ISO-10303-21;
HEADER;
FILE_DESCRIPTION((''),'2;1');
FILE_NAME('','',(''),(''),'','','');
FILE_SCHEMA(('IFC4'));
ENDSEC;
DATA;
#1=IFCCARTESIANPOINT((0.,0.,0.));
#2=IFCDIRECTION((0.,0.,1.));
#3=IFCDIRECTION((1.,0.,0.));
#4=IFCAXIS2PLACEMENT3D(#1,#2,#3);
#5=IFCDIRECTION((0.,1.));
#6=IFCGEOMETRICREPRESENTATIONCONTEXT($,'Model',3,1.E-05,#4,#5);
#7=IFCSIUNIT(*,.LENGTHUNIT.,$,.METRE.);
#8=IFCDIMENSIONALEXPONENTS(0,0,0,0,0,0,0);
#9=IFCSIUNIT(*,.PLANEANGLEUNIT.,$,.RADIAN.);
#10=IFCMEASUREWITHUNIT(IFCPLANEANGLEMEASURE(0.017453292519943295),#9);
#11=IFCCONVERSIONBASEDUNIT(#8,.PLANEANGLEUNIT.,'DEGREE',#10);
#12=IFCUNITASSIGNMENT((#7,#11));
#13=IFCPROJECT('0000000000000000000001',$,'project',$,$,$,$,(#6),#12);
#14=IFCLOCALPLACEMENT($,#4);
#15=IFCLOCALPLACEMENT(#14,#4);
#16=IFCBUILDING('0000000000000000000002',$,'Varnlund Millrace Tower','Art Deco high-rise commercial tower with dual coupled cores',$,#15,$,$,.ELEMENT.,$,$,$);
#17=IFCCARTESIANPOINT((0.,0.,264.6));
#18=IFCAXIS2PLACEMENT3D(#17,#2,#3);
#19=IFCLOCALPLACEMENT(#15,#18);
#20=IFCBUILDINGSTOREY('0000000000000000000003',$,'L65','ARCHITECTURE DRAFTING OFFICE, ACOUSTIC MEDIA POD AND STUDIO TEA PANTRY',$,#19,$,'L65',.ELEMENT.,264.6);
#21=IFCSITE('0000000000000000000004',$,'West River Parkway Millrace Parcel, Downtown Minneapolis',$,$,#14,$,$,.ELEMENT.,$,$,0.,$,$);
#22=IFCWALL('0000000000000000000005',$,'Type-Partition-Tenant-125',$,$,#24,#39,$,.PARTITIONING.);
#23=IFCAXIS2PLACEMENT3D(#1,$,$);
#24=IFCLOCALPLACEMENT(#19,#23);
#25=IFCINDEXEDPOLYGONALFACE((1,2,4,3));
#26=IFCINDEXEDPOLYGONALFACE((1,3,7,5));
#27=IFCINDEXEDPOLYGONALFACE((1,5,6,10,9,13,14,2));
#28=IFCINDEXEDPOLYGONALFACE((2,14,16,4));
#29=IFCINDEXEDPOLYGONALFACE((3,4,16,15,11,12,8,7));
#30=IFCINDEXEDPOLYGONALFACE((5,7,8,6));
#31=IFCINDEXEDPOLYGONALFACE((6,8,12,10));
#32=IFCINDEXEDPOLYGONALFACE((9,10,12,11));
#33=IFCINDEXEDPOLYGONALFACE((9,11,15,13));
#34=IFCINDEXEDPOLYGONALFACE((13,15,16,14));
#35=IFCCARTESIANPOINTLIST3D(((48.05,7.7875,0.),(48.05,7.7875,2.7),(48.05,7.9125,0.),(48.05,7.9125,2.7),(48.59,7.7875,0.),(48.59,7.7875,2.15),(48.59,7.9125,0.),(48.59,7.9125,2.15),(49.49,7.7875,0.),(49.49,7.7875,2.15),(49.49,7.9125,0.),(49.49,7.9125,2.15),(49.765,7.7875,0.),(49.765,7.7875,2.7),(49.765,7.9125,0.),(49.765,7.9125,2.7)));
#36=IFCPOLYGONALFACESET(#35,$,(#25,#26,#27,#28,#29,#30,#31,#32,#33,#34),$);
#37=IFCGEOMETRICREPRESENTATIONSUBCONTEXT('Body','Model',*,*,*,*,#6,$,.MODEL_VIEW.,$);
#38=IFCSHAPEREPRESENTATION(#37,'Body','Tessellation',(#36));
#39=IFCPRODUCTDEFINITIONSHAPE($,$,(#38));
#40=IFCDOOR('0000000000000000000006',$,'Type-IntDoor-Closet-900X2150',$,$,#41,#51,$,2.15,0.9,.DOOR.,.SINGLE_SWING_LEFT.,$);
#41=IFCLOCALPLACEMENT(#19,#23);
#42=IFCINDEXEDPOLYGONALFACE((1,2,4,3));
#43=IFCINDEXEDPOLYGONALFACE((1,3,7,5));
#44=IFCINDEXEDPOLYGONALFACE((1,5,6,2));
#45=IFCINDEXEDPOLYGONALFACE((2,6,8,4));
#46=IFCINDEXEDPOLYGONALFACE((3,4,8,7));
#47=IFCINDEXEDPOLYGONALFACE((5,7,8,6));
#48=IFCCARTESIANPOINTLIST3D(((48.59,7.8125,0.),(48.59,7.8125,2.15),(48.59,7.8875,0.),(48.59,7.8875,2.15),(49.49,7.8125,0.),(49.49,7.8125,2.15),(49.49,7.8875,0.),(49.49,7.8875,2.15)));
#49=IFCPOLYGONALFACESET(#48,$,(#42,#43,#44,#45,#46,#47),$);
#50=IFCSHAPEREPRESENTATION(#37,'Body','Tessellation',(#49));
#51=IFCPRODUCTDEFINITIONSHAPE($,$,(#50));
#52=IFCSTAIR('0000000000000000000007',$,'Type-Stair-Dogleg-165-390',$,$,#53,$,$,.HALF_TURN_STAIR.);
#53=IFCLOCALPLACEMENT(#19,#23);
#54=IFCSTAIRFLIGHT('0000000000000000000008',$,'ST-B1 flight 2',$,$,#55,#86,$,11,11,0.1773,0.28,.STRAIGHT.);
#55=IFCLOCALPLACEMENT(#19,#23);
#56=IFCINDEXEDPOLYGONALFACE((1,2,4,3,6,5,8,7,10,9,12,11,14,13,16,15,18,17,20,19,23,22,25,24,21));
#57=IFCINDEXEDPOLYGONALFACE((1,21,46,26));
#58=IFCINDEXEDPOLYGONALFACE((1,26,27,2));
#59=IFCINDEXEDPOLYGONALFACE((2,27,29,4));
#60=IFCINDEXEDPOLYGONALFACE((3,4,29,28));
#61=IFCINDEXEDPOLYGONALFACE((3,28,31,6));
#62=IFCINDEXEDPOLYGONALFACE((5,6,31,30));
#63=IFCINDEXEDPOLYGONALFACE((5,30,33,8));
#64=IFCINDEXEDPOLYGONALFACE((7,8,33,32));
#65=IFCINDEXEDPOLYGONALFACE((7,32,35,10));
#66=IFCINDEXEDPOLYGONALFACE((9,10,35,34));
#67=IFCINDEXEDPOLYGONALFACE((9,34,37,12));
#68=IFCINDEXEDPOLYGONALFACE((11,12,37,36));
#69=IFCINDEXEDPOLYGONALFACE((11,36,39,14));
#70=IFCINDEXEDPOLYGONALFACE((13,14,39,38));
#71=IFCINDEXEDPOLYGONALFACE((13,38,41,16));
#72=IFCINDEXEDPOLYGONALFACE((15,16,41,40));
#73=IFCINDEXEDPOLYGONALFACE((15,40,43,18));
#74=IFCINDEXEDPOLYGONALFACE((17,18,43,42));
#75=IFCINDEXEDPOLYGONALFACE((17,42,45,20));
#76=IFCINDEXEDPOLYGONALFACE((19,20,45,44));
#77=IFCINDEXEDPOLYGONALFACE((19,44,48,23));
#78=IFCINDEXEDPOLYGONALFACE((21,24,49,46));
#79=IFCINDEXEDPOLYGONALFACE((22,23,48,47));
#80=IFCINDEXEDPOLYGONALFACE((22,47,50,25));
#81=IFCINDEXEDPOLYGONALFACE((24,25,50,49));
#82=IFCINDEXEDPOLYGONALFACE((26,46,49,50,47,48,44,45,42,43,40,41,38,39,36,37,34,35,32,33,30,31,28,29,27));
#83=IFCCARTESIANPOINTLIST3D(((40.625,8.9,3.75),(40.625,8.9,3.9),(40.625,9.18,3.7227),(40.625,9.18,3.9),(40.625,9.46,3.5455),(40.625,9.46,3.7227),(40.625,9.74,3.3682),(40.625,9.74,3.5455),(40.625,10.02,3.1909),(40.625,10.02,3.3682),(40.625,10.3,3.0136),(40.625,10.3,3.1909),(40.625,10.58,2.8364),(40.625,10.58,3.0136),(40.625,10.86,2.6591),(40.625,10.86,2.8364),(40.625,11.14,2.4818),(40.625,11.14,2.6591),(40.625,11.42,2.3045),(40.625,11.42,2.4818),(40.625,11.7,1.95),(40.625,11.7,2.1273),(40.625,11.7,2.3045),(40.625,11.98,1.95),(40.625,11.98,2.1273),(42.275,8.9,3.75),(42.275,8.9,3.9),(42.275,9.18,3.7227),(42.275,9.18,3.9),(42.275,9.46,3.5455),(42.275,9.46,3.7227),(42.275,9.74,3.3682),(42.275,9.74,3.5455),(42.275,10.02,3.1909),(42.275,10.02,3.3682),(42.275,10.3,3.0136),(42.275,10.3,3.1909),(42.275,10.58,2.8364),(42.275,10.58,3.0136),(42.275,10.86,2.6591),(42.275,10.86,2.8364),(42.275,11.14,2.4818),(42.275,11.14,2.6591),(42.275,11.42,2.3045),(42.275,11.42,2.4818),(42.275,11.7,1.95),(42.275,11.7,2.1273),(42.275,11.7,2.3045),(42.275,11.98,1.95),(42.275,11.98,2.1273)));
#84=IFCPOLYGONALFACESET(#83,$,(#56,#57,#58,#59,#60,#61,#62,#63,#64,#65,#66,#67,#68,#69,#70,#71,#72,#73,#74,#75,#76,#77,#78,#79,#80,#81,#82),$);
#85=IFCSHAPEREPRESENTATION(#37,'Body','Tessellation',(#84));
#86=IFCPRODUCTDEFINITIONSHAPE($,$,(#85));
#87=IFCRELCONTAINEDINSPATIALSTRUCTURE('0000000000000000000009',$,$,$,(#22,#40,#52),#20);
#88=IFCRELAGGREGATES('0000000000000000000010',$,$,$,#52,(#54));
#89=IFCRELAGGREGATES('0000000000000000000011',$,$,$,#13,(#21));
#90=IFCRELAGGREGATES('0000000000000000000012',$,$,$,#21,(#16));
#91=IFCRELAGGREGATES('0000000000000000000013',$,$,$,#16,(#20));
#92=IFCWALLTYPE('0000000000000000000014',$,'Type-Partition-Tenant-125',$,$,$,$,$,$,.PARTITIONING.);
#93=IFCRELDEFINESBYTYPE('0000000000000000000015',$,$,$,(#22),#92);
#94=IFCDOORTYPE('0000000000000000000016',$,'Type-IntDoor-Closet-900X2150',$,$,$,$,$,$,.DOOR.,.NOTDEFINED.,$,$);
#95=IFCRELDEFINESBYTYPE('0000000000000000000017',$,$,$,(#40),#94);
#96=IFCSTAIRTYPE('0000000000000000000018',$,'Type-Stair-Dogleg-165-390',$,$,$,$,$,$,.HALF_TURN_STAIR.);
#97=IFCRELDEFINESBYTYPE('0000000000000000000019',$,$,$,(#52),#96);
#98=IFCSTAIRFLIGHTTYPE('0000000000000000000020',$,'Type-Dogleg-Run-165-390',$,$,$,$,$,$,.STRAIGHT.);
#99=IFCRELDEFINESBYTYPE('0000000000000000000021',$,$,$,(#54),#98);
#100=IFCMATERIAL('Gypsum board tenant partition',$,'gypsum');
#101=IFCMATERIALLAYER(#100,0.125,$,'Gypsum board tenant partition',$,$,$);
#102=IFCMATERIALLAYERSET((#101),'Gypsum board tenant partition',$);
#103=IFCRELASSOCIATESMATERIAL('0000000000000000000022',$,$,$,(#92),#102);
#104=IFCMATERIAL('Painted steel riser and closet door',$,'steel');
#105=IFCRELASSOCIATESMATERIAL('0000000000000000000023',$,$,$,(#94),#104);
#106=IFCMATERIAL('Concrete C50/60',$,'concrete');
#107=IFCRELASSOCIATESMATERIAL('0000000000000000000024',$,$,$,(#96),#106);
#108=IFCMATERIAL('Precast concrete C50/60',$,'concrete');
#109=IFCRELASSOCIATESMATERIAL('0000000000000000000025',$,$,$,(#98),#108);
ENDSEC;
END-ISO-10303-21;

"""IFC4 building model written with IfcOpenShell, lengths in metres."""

from ifc_helpers import new_model, entity, si_unit, converted_unit, direction, frame, origin_with_axes, origin_2d_with_axis, place, context, subcontext, project, spatial, polyline, rectangle, outline, extrude, material, layer, layer_set, type_object, element, fill, aggregate, save


model = new_model("IFC4")

# Units and contexts
model_context = context("Model", 3, precision=1e-05, world=origin_with_axes(), true_north=direction((0.0, 1.0)))
body_context = subcontext(model_context, "Body", "Model", "MODEL_VIEW")
ifc_project = project(units=[si_unit("LENGTHUNIT", "METRE"), converted_unit("PLANEANGLEUNIT", "DEGREE", entity("IfcPlaneAngleMeasure", 0.017453292519943295), si_unit("PLANEANGLEUNIT", "RADIAN"), dimensions=[0, 0, 0, 0, 0, 0, 0])], contexts=[model_context])

# Site, building, storey
site_placement = place(None, origin_with_axes())
site = spatial("IfcSite", under=ifc_project, at=site_placement, Name="West River Parkway Millrace Parcel, Downtown Minneapolis", CompositionType="ELEMENT", RefElevation=0.0)
building_placement = place(site_placement, origin_with_axes())
building = spatial("IfcBuilding", under=site, at=building_placement, Name="Varnlund Millrace Tower", Description="Art Deco high-rise commercial tower with dual coupled cores", CompositionType="ELEMENT")
storey_placement = place(building_placement, frame((0.0, 0.0, 264.6), z_axis=(0.0, 0.0, 1.0), x_axis=(1.0, 0.0, 0.0)))
storey = spatial("IfcBuildingStorey", under=building, at=storey_placement, Name="L65", Description="ARCHITECTURE DRAFTING OFFICE, ACOUSTIC MEDIA POD AND STUDIO TEA PANTRY", LongName="L65", CompositionType="ELEMENT", Elevation=264.6)

# Shared definitions
ifc_material_1 = material(Name="Precast concrete C50/60", Category="concrete")

# Wall, opening, door
ifc_material_2 = material(Name="Gypsum board tenant partition", Category="gypsum")
ifc_layer_1 = layer(ifc_material_2, 0.125, Name="Gypsum board tenant partition")
ifc_layer_set_1 = layer_set([ifc_layer_1], Name="Gypsum board tenant partition")
wall_type_1 = type_object("IfcWallType", Name="Type-Partition-Tenant-125", PredefinedType="PARTITIONING", material=ifc_layer_set_1)
wall_1_placement = place(storey_placement, frame((49.765, 7.85, 0.0), z_axis=(0.0, 0.0, 1.0), x_axis=(-1.0, 0.0, 0.0)))
wall_1 = element("IfcWall", 1, at=wall_1_placement, inside=storey, type_object=wall_type_1, Name="Type-Partition-Tenant-125", PredefinedType="PARTITIONING", context=body_context, shape_type="SweptSolid", body=[
    extrude(outline(polyline([(0.0, -0.0625), (1.715, -0.0625), (1.715, 0.0625), (0.0, 0.0625), (0.0, -0.0625)])), origin_with_axes(), (0.0, 0.0, 1.0), 2.7),
])
opening_1_placement = place(wall_1_placement, frame((0.725, 0.0, 0.0), z_axis=(0.0, 0.0, 1.0), x_axis=(1.0, 0.0, 0.0)))
opening_1 = element("IfcOpeningElement", 2, at=opening_1_placement, cuts=wall_1, PredefinedType="OPENING", context=body_context, shape_type="SweptSolid", body=[
    extrude(rectangle(XDim=0.9, YDim=0.145, at=origin_2d_with_axis()), origin_with_axes(), (0.0, 0.0, 1.0), 2.15),
])
ifc_material_3 = material(Name="Painted steel riser and closet door", Category="steel")
door_type = type_object("IfcDoorType", Name="Type-IntDoor-Closet-900X2150", OperationType="NOTDEFINED", PredefinedType="DOOR", material=ifc_material_3)
door_placement = place(wall_1_placement, frame((0.725, 0.0, 0.0), z_axis=(0.0, 0.0, 1.0), x_axis=(1.0, 0.0, 0.0)))
door = element("IfcDoor", 3, at=door_placement, inside=storey, type_object=door_type, Name="Type-IntDoor-Closet-900X2150", OperationType="SINGLE_SWING_LEFT", OverallHeight=2.15, OverallWidth=0.9, PredefinedType="DOOR", context=body_context, shape_type="SweptSolid", body=[
    extrude(rectangle(XDim=0.9, YDim=0.075, at=origin_2d_with_axis()), origin_with_axes(), (0.0, 0.0, 1.0), 2.15),
])
fill(opening_1, door)

# Stair, stair flight
ifc_material_4 = material(Name="Concrete C50/60", Category="concrete")
stair_type = type_object("IfcStairType", Name="Type-Stair-Dogleg-165-390", PredefinedType="HALF_TURN_STAIR", material=ifc_material_4)
stair_placement = place(storey_placement, origin_with_axes())
stair = element("IfcStair", 4, at=stair_placement, inside=storey, type_object=stair_type, Name="Type-Stair-Dogleg-165-390", PredefinedType="HALF_TURN_STAIR")
stair_flight_type = type_object("IfcStairFlightType", Name="Type-Dogleg-Run-165-390", PredefinedType="STRAIGHT", material=ifc_material_1)
stair_flight_placement = place(storey_placement, frame((42.275, 11.98, 1.95), z_axis=(-1.0, 0.0, 0.0), x_axis=(0.0, -1.0, 0.0)))
stair_flight = element("IfcStairFlight", 5, at=stair_flight_placement, type_object=stair_flight_type, Name="ST-B1 flight 2", NumberOfRisers=11, NumberOfTreads=11, PredefinedType="STRAIGHT", RiserHeight=0.1773, TreadLength=0.28, context=body_context, shape_type="SweptSolid", body=[
    extrude(outline(polyline([(0.0, 0.0), (0.0, 0.1773), (0.28, 0.1773), (0.28, 0.3545), (0.56, 0.3545), (0.56, 0.5318), (0.84, 0.5318), (0.84, 0.7091), (1.12, 0.7091), (1.12, 0.8864), (1.4, 0.8864), (1.4, 1.0636), (1.68, 1.0636), (1.68, 1.2409), (1.96, 1.2409), (1.96, 1.4182), (2.24, 1.4182), (2.24, 1.5955), (2.52, 1.5955), (2.52, 1.7727), (2.8, 1.7727), (2.8, 1.95), (3.08, 1.95), (3.08, 1.8), (0.28, 0.0), (0.0, 0.0)])), origin_with_axes(), (0.0, 0.0, 1.0), 1.65),
])
aggregate(stair, [stair_flight])

save(model, "model.ifc")
